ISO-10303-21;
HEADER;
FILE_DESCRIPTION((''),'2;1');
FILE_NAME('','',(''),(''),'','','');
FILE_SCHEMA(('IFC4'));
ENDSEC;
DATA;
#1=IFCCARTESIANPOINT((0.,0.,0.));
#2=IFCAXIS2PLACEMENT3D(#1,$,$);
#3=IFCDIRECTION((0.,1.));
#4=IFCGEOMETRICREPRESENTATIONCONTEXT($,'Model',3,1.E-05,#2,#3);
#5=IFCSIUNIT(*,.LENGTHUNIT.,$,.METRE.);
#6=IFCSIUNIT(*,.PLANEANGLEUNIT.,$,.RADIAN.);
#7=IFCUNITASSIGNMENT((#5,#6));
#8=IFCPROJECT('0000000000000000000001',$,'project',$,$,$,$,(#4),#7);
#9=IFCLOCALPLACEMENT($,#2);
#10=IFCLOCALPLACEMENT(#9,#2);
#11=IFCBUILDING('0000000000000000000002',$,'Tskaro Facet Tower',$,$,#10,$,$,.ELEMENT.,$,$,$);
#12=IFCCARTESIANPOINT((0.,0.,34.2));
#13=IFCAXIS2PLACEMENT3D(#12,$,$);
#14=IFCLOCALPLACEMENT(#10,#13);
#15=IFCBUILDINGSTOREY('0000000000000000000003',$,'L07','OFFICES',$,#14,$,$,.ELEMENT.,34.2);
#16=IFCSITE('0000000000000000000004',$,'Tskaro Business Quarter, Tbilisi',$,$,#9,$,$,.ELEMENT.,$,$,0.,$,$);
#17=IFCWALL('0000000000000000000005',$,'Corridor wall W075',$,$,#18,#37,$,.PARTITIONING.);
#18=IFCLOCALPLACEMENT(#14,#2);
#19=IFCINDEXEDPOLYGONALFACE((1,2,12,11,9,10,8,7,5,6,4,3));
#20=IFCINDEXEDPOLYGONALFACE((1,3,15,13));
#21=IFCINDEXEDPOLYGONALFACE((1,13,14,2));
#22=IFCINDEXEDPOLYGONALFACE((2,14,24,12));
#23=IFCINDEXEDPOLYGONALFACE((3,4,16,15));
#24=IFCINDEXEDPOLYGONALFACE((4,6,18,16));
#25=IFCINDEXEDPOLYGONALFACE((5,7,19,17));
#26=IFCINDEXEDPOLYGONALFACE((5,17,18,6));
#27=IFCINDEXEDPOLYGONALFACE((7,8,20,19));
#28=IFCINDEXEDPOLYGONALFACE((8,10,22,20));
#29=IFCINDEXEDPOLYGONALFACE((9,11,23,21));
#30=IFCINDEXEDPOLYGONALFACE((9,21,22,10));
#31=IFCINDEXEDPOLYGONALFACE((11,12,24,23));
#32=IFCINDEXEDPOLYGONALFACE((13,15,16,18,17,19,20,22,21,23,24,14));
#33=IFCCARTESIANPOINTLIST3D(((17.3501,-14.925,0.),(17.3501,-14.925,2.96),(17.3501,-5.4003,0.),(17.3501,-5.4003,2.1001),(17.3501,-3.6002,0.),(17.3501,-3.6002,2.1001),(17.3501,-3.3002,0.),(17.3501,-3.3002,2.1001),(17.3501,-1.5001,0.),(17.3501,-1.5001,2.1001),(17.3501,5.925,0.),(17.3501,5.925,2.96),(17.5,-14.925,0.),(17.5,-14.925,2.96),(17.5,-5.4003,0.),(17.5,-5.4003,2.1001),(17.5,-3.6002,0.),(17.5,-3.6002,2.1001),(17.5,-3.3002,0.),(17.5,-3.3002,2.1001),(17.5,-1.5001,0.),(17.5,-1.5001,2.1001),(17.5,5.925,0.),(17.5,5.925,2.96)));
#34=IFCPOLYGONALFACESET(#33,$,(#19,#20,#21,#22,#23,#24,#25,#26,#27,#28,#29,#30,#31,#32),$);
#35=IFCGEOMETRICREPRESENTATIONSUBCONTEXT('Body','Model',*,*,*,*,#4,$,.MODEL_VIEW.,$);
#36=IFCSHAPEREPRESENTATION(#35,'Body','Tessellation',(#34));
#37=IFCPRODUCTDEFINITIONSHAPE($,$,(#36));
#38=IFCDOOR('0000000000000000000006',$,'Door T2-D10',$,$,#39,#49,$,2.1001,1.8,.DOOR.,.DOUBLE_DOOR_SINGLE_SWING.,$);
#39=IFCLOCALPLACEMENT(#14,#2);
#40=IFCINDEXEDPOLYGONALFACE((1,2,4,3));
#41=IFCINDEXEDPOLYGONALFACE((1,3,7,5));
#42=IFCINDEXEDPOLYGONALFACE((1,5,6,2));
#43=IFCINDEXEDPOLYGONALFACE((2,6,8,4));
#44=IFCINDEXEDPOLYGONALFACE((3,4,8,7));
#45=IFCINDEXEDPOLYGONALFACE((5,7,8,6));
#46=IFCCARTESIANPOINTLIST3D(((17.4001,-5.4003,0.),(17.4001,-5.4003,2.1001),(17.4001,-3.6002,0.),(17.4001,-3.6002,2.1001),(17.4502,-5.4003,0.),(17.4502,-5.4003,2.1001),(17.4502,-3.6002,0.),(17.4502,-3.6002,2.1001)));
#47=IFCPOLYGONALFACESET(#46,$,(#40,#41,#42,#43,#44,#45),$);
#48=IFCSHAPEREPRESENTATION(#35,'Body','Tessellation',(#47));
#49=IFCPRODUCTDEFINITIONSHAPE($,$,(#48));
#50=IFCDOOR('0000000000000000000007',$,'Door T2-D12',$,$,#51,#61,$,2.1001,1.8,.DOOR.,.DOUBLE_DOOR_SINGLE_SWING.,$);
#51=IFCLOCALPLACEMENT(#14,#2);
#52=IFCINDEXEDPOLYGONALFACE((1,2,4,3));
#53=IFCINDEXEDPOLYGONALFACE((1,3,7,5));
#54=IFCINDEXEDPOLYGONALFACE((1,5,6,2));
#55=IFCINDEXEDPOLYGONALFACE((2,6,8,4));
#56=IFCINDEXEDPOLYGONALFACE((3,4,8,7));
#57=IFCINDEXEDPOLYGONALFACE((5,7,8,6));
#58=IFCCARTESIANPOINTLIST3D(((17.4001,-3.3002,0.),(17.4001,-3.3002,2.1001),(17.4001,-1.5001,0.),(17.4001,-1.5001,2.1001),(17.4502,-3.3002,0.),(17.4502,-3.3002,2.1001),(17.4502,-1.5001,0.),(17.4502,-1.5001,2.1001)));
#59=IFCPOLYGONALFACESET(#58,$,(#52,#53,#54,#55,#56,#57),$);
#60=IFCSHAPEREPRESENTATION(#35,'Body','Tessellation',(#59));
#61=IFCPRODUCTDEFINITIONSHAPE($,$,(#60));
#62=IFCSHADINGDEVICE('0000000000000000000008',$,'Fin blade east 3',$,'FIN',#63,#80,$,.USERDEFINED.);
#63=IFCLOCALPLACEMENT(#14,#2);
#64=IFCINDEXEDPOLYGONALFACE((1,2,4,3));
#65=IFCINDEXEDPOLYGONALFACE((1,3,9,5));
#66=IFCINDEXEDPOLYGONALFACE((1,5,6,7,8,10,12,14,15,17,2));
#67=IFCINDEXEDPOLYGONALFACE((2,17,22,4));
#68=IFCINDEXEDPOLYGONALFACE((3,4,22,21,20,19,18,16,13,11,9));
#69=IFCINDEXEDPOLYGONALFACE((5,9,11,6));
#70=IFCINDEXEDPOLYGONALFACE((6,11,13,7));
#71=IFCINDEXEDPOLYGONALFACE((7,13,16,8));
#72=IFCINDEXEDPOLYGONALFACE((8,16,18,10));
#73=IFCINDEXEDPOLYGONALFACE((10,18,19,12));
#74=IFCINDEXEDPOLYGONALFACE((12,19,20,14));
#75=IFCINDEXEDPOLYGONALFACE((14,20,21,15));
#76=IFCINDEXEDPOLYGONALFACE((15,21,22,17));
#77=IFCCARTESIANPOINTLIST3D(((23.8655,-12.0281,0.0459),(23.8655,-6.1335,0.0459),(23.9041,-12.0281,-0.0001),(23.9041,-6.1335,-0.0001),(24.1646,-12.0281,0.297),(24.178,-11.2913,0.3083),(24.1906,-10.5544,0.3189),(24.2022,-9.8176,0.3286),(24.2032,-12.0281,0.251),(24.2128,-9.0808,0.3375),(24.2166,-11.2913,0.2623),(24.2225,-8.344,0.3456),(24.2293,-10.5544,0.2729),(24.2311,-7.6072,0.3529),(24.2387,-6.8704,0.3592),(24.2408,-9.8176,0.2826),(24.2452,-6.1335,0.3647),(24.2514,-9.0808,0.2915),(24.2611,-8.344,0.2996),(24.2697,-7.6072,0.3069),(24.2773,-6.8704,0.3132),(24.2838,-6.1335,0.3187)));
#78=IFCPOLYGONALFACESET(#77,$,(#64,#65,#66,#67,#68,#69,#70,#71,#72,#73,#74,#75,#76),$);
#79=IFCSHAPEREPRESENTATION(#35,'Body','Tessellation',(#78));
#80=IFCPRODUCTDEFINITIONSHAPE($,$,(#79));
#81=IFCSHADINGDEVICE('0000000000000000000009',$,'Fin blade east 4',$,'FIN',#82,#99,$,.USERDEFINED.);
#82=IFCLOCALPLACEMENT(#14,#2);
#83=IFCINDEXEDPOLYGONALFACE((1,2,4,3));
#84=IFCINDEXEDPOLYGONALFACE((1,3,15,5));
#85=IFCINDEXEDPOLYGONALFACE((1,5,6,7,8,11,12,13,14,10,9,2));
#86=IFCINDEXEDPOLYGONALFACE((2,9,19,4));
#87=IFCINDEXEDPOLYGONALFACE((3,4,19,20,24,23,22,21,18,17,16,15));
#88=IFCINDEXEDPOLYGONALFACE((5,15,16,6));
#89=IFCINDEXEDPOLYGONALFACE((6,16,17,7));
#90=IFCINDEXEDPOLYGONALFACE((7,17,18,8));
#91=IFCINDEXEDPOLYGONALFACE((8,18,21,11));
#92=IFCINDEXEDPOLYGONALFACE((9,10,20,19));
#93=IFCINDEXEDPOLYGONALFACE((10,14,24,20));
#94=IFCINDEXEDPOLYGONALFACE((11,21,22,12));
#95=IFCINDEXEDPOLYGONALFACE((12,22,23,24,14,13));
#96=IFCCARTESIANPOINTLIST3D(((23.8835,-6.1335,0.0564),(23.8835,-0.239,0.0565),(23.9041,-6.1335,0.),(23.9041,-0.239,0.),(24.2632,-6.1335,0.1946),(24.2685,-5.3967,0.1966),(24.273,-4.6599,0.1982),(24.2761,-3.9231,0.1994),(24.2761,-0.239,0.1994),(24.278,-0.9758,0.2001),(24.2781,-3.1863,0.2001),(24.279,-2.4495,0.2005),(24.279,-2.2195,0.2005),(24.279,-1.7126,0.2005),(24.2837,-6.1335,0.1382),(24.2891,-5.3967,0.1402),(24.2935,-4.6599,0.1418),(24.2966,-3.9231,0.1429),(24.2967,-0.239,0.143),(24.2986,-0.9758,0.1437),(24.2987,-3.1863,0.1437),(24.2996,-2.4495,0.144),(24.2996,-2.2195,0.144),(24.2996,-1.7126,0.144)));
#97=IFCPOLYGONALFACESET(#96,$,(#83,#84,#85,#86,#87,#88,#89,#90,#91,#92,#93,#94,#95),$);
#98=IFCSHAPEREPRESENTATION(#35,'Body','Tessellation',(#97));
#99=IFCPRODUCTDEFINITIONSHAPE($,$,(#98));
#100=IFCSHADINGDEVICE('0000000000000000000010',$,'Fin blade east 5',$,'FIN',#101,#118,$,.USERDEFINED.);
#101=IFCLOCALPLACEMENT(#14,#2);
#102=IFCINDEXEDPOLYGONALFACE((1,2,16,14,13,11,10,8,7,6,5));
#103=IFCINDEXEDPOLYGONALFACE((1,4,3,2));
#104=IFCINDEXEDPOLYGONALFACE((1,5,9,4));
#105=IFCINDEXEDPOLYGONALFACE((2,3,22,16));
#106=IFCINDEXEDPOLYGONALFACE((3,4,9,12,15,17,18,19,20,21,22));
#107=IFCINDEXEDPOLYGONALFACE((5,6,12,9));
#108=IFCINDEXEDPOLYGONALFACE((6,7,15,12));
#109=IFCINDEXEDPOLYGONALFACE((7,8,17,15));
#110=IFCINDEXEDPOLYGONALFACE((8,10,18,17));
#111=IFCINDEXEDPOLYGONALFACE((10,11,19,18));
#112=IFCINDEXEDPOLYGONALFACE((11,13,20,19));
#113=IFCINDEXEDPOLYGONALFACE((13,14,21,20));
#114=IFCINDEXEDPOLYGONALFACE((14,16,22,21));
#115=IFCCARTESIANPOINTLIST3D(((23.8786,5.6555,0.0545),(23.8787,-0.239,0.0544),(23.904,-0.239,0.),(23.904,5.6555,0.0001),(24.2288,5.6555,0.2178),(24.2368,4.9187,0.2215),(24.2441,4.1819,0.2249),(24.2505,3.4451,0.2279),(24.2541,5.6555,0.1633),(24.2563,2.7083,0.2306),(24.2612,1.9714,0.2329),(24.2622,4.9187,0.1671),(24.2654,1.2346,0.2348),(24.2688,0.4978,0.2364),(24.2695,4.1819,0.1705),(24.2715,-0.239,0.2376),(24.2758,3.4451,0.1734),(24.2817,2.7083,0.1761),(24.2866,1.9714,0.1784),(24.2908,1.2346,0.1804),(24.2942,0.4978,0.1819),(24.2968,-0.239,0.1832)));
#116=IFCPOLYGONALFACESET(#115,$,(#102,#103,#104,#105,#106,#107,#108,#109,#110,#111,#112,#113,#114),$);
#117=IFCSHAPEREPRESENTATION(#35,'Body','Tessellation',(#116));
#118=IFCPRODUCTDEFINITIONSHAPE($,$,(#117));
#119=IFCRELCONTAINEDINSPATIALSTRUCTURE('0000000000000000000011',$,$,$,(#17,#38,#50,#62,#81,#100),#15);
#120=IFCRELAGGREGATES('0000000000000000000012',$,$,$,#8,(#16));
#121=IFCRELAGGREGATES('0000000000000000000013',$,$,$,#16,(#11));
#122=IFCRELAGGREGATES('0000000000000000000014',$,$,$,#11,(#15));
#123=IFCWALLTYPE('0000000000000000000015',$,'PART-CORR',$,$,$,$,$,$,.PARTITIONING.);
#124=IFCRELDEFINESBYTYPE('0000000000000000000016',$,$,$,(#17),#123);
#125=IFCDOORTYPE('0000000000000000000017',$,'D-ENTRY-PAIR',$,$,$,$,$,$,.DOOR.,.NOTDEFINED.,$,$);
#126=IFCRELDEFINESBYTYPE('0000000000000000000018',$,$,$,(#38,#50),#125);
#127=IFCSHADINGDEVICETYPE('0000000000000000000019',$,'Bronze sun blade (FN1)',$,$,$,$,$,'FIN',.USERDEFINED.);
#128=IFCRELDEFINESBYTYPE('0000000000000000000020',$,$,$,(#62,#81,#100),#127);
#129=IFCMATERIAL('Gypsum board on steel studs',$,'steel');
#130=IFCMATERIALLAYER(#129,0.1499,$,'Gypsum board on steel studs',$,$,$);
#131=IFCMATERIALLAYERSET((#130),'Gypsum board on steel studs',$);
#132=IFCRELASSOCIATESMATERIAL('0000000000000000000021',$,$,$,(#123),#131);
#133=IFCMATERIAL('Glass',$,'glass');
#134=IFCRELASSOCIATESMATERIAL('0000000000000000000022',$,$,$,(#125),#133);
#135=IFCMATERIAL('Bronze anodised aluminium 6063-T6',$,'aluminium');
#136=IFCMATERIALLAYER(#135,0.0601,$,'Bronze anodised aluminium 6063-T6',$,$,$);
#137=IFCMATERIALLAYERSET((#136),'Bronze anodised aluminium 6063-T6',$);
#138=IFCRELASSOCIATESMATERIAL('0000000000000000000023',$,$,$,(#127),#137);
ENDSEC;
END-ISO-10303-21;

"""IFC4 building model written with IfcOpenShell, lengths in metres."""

from ifc_helpers import new_model, si_unit, direction, frame, frame_2d, origin, place, context, subcontext, project, spatial, polyline, rectangle, outline, extrude, material, layer, layer_set, type_object, element, fill, save


model = new_model("IFC4")

# Units and contexts
model_context = context("Model", 3, precision=1e-05, world=origin(), true_north=direction((0.0, 1.0)))
body_context = subcontext(model_context, "Body", "Model", "MODEL_VIEW")
ifc_project = project(units=[si_unit("LENGTHUNIT", "METRE"), si_unit("PLANEANGLEUNIT", "RADIAN")], contexts=[model_context])

# Site, building, storey
site_placement = place(None, origin())
site = spatial("IfcSite", under=ifc_project, at=site_placement, Name="Tskaro Business Quarter, Tbilisi", CompositionType="ELEMENT", RefElevation=0.0)
building_placement = place(site_placement, origin())
building = spatial("IfcBuilding", under=site, at=building_placement, Name="Tskaro Facet Tower", CompositionType="ELEMENT")
storey_placement = place(building_placement, frame((0.0, 0.0, 34.2)))
storey = spatial("IfcBuildingStorey", under=building, at=storey_placement, Name="L07", Description="OFFICES", CompositionType="ELEMENT", Elevation=34.2)

# Shared definitions
ifc_material_1 = material(Name="Bronze anodised aluminium 6063-T6", Category="aluminium")

# Shared definitions
ifc_material_2 = material(Name="Gypsum board on steel studs", Category="steel")

# Wall, openings, doors
ifc_layer_1 = layer(ifc_material_2, 0.1499, Name="Gypsum board on steel studs")
ifc_layer_set_1 = layer_set([ifc_layer_1], Name="Gypsum board on steel studs")
wall_type_1 = type_object("IfcWallType", Name="PART-CORR", PredefinedType="PARTITIONING", material=ifc_layer_set_1)
wall_1_placement = place(storey_placement, frame((17.425, -14.925, 0.0), z_axis=(0.0, 0.0, 1.0), x_axis=(0.0, 1.0, 0.0)))
wall_1 = element("IfcWall", 1, at=wall_1_placement, inside=storey, type_object=wall_type_1, Name="Corridor wall W075", PredefinedType="PARTITIONING", context=body_context, shape_type="SweptSolid", body=[
    extrude(rectangle(XDim=20.8501, YDim=0.1499, at=frame_2d((10.425, 0.0))), origin(), (0.0, 0.0, 1.0), 2.96),
])
opening_1_placement = place(wall_1_placement, frame((9.5249, 0.0, 0.0)))
opening_1 = element("IfcOpeningElement", 2, at=opening_1_placement, cuts=wall_1, PredefinedType="OPENING", context=body_context, shape_type="SweptSolid", body=[
    extrude(rectangle(XDim=1.8, YDim=2.1001, at=frame_2d((0.8999, 1.05))), frame((0.0, 0.085, 0.0), z_axis=(0.0, -1.0, 0.0), x_axis=(1.0, 0.0, 0.0)), (0.0, 0.0, 1.0), 0.1699),
])
opening_2_placement = place(wall_1_placement, frame((11.625, 0.0, 0.0)))
opening_2 = element("IfcOpeningElement", 3, at=opening_2_placement, cuts=wall_1, PredefinedType="OPENING", context=body_context, shape_type="SweptSolid", body=[
    extrude(rectangle(XDim=1.8, YDim=2.1001, at=frame_2d((0.8999, 1.05))), frame((0.0, 0.085, 0.0), z_axis=(0.0, -1.0, 0.0), x_axis=(1.0, 0.0, 0.0)), (0.0, 0.0, 1.0), 0.1699),
])
ifc_material_3 = material(Name="Glass", Category="glass")
door_type_1 = type_object("IfcDoorType", Name="D-ENTRY-PAIR", OperationType="NOTDEFINED", PredefinedType="DOOR", material=ifc_material_3)
door_1_placement = place(opening_1_placement, origin())
door_1 = element("IfcDoor", 4, at=door_1_placement, inside=storey, type_object=door_type_1, Name="Door T2-D10", OperationType="DOUBLE_DOOR_SINGLE_SWING", OverallHeight=2.1001, OverallWidth=1.8, PredefinedType="DOOR", context=body_context, shape_type="SweptSolid", body=[
    extrude(rectangle(XDim=1.8, YDim=2.1001, at=frame_2d((0.8999, 1.05))), frame((0.0, 0.0249, 0.0), z_axis=(0.0, -1.0, 0.0), x_axis=(1.0, 0.0, 0.0)), (0.0, 0.0, 1.0), 0.05),
])
fill(opening_1, door_1)
door_2_placement = place(opening_2_placement, origin())
door_2 = element("IfcDoor", 5, at=door_2_placement, inside=storey, type_object=door_type_1, Name="Door T2-D12", OperationType="DOUBLE_DOOR_SINGLE_SWING", OverallHeight=2.1001, OverallWidth=1.8, PredefinedType="DOOR", context=body_context, shape_type="SweptSolid", body=[
    extrude(rectangle(XDim=1.8, YDim=2.1001, at=frame_2d((0.8999, 1.05))), frame((0.0, 0.0249, 0.0), z_axis=(0.0, -1.0, 0.0), x_axis=(1.0, 0.0, 0.0)), (0.0, 0.0, 1.0), 0.05),
])
fill(opening_2, door_2)

# Shading devices
ifc_layer_2 = layer(ifc_material_1, 0.0601, Name="Bronze anodised aluminium 6063-T6")
ifc_layer_set_2 = layer_set([ifc_layer_2], Name="Bronze anodised aluminium 6063-T6")
shading_device_type = type_object("IfcShadingDeviceType", Name="Bronze sun blade (FN1)", ElementType="FIN", PredefinedType="USERDEFINED", material=ifc_layer_set_2)
shading_device_1_placement = place(storey_placement, frame((23.8655, -12.0281, 0.0459), z_axis=(-0.642969, -0.000001, 0.765893), x_axis=(-0.000001, 1.0, 0.000001)))
element("IfcShadingDevice", 6, at=shading_device_1_placement, inside=storey, type_object=shading_device_type, Name="Fin blade east 3", ObjectType="FIN", PredefinedType="USERDEFINED", context=body_context, shape_type="SweptSolid", body=[
    extrude(outline(polyline([(0.0, 0.0), (5.8945, 0.0), (5.8945, -0.4958), (5.1577, -0.4873), (4.4209, -0.4774), (3.6841, -0.4661), (2.9473, -0.4535), (2.2104, -0.4396), (1.4736, -0.4246), (0.7368, -0.4081), (0.0, -0.3906), (0.0, 0.0)])), origin(), (0.0, 0.0, -1.0), 0.0601),
])
shading_device_2_placement = place(storey_placement, frame((23.8835, -6.1335, 0.0564), z_axis=(-0.342149, -0.000014, 0.939646), x_axis=(-0.000005, 1.0, 0.000013)))
element("IfcShadingDevice", 7, at=shading_device_2_placement, inside=storey, type_object=shading_device_type, Name="Fin blade east 4", ObjectType="FIN", PredefinedType="USERDEFINED", context=body_context, shape_type="SweptSolid", body=[
    extrude(outline(polyline([(0.0, 0.0), (5.8945, 0.0), (5.8945, -0.4178), (5.1577, -0.4198), (4.4209, -0.4209), (3.9141, -0.4209), (3.6841, -0.4209), (2.9473, -0.4199), (2.2104, -0.4178), (1.4736, -0.4144), (0.7368, -0.4097), (0.0, -0.404), (0.0, 0.0)])), origin(), (0.0, 0.0, -1.0), 0.0601),
])
shading_device_3_placement = place(storey_placement, frame((23.8787, -0.239, 0.0544), z_axis=(-0.422607, -0.000011, 0.906313), x_axis=(-0.000005, 1.0, 0.00001)))
element("IfcShadingDevice", 8, at=shading_device_3_placement, inside=storey, type_object=shading_device_type, Name="Fin blade east 5", ObjectType="FIN", PredefinedType="USERDEFINED", context=body_context, shape_type="SweptSolid", body=[
    extrude(outline(polyline([(0.0, 0.0), (5.8945, 0.0), (5.8945, -0.3863), (5.1577, -0.3952), (4.4209, -0.4033), (3.6841, -0.4102), (2.9473, -0.4167), (2.2104, -0.4221), (1.4736, -0.4267), (0.7368, -0.4305), (0.0, -0.4334), (0.0, 0.0)])), origin(), (0.0, 0.0, -1.0), 0.0601),
])

save(model, "model.ifc")
